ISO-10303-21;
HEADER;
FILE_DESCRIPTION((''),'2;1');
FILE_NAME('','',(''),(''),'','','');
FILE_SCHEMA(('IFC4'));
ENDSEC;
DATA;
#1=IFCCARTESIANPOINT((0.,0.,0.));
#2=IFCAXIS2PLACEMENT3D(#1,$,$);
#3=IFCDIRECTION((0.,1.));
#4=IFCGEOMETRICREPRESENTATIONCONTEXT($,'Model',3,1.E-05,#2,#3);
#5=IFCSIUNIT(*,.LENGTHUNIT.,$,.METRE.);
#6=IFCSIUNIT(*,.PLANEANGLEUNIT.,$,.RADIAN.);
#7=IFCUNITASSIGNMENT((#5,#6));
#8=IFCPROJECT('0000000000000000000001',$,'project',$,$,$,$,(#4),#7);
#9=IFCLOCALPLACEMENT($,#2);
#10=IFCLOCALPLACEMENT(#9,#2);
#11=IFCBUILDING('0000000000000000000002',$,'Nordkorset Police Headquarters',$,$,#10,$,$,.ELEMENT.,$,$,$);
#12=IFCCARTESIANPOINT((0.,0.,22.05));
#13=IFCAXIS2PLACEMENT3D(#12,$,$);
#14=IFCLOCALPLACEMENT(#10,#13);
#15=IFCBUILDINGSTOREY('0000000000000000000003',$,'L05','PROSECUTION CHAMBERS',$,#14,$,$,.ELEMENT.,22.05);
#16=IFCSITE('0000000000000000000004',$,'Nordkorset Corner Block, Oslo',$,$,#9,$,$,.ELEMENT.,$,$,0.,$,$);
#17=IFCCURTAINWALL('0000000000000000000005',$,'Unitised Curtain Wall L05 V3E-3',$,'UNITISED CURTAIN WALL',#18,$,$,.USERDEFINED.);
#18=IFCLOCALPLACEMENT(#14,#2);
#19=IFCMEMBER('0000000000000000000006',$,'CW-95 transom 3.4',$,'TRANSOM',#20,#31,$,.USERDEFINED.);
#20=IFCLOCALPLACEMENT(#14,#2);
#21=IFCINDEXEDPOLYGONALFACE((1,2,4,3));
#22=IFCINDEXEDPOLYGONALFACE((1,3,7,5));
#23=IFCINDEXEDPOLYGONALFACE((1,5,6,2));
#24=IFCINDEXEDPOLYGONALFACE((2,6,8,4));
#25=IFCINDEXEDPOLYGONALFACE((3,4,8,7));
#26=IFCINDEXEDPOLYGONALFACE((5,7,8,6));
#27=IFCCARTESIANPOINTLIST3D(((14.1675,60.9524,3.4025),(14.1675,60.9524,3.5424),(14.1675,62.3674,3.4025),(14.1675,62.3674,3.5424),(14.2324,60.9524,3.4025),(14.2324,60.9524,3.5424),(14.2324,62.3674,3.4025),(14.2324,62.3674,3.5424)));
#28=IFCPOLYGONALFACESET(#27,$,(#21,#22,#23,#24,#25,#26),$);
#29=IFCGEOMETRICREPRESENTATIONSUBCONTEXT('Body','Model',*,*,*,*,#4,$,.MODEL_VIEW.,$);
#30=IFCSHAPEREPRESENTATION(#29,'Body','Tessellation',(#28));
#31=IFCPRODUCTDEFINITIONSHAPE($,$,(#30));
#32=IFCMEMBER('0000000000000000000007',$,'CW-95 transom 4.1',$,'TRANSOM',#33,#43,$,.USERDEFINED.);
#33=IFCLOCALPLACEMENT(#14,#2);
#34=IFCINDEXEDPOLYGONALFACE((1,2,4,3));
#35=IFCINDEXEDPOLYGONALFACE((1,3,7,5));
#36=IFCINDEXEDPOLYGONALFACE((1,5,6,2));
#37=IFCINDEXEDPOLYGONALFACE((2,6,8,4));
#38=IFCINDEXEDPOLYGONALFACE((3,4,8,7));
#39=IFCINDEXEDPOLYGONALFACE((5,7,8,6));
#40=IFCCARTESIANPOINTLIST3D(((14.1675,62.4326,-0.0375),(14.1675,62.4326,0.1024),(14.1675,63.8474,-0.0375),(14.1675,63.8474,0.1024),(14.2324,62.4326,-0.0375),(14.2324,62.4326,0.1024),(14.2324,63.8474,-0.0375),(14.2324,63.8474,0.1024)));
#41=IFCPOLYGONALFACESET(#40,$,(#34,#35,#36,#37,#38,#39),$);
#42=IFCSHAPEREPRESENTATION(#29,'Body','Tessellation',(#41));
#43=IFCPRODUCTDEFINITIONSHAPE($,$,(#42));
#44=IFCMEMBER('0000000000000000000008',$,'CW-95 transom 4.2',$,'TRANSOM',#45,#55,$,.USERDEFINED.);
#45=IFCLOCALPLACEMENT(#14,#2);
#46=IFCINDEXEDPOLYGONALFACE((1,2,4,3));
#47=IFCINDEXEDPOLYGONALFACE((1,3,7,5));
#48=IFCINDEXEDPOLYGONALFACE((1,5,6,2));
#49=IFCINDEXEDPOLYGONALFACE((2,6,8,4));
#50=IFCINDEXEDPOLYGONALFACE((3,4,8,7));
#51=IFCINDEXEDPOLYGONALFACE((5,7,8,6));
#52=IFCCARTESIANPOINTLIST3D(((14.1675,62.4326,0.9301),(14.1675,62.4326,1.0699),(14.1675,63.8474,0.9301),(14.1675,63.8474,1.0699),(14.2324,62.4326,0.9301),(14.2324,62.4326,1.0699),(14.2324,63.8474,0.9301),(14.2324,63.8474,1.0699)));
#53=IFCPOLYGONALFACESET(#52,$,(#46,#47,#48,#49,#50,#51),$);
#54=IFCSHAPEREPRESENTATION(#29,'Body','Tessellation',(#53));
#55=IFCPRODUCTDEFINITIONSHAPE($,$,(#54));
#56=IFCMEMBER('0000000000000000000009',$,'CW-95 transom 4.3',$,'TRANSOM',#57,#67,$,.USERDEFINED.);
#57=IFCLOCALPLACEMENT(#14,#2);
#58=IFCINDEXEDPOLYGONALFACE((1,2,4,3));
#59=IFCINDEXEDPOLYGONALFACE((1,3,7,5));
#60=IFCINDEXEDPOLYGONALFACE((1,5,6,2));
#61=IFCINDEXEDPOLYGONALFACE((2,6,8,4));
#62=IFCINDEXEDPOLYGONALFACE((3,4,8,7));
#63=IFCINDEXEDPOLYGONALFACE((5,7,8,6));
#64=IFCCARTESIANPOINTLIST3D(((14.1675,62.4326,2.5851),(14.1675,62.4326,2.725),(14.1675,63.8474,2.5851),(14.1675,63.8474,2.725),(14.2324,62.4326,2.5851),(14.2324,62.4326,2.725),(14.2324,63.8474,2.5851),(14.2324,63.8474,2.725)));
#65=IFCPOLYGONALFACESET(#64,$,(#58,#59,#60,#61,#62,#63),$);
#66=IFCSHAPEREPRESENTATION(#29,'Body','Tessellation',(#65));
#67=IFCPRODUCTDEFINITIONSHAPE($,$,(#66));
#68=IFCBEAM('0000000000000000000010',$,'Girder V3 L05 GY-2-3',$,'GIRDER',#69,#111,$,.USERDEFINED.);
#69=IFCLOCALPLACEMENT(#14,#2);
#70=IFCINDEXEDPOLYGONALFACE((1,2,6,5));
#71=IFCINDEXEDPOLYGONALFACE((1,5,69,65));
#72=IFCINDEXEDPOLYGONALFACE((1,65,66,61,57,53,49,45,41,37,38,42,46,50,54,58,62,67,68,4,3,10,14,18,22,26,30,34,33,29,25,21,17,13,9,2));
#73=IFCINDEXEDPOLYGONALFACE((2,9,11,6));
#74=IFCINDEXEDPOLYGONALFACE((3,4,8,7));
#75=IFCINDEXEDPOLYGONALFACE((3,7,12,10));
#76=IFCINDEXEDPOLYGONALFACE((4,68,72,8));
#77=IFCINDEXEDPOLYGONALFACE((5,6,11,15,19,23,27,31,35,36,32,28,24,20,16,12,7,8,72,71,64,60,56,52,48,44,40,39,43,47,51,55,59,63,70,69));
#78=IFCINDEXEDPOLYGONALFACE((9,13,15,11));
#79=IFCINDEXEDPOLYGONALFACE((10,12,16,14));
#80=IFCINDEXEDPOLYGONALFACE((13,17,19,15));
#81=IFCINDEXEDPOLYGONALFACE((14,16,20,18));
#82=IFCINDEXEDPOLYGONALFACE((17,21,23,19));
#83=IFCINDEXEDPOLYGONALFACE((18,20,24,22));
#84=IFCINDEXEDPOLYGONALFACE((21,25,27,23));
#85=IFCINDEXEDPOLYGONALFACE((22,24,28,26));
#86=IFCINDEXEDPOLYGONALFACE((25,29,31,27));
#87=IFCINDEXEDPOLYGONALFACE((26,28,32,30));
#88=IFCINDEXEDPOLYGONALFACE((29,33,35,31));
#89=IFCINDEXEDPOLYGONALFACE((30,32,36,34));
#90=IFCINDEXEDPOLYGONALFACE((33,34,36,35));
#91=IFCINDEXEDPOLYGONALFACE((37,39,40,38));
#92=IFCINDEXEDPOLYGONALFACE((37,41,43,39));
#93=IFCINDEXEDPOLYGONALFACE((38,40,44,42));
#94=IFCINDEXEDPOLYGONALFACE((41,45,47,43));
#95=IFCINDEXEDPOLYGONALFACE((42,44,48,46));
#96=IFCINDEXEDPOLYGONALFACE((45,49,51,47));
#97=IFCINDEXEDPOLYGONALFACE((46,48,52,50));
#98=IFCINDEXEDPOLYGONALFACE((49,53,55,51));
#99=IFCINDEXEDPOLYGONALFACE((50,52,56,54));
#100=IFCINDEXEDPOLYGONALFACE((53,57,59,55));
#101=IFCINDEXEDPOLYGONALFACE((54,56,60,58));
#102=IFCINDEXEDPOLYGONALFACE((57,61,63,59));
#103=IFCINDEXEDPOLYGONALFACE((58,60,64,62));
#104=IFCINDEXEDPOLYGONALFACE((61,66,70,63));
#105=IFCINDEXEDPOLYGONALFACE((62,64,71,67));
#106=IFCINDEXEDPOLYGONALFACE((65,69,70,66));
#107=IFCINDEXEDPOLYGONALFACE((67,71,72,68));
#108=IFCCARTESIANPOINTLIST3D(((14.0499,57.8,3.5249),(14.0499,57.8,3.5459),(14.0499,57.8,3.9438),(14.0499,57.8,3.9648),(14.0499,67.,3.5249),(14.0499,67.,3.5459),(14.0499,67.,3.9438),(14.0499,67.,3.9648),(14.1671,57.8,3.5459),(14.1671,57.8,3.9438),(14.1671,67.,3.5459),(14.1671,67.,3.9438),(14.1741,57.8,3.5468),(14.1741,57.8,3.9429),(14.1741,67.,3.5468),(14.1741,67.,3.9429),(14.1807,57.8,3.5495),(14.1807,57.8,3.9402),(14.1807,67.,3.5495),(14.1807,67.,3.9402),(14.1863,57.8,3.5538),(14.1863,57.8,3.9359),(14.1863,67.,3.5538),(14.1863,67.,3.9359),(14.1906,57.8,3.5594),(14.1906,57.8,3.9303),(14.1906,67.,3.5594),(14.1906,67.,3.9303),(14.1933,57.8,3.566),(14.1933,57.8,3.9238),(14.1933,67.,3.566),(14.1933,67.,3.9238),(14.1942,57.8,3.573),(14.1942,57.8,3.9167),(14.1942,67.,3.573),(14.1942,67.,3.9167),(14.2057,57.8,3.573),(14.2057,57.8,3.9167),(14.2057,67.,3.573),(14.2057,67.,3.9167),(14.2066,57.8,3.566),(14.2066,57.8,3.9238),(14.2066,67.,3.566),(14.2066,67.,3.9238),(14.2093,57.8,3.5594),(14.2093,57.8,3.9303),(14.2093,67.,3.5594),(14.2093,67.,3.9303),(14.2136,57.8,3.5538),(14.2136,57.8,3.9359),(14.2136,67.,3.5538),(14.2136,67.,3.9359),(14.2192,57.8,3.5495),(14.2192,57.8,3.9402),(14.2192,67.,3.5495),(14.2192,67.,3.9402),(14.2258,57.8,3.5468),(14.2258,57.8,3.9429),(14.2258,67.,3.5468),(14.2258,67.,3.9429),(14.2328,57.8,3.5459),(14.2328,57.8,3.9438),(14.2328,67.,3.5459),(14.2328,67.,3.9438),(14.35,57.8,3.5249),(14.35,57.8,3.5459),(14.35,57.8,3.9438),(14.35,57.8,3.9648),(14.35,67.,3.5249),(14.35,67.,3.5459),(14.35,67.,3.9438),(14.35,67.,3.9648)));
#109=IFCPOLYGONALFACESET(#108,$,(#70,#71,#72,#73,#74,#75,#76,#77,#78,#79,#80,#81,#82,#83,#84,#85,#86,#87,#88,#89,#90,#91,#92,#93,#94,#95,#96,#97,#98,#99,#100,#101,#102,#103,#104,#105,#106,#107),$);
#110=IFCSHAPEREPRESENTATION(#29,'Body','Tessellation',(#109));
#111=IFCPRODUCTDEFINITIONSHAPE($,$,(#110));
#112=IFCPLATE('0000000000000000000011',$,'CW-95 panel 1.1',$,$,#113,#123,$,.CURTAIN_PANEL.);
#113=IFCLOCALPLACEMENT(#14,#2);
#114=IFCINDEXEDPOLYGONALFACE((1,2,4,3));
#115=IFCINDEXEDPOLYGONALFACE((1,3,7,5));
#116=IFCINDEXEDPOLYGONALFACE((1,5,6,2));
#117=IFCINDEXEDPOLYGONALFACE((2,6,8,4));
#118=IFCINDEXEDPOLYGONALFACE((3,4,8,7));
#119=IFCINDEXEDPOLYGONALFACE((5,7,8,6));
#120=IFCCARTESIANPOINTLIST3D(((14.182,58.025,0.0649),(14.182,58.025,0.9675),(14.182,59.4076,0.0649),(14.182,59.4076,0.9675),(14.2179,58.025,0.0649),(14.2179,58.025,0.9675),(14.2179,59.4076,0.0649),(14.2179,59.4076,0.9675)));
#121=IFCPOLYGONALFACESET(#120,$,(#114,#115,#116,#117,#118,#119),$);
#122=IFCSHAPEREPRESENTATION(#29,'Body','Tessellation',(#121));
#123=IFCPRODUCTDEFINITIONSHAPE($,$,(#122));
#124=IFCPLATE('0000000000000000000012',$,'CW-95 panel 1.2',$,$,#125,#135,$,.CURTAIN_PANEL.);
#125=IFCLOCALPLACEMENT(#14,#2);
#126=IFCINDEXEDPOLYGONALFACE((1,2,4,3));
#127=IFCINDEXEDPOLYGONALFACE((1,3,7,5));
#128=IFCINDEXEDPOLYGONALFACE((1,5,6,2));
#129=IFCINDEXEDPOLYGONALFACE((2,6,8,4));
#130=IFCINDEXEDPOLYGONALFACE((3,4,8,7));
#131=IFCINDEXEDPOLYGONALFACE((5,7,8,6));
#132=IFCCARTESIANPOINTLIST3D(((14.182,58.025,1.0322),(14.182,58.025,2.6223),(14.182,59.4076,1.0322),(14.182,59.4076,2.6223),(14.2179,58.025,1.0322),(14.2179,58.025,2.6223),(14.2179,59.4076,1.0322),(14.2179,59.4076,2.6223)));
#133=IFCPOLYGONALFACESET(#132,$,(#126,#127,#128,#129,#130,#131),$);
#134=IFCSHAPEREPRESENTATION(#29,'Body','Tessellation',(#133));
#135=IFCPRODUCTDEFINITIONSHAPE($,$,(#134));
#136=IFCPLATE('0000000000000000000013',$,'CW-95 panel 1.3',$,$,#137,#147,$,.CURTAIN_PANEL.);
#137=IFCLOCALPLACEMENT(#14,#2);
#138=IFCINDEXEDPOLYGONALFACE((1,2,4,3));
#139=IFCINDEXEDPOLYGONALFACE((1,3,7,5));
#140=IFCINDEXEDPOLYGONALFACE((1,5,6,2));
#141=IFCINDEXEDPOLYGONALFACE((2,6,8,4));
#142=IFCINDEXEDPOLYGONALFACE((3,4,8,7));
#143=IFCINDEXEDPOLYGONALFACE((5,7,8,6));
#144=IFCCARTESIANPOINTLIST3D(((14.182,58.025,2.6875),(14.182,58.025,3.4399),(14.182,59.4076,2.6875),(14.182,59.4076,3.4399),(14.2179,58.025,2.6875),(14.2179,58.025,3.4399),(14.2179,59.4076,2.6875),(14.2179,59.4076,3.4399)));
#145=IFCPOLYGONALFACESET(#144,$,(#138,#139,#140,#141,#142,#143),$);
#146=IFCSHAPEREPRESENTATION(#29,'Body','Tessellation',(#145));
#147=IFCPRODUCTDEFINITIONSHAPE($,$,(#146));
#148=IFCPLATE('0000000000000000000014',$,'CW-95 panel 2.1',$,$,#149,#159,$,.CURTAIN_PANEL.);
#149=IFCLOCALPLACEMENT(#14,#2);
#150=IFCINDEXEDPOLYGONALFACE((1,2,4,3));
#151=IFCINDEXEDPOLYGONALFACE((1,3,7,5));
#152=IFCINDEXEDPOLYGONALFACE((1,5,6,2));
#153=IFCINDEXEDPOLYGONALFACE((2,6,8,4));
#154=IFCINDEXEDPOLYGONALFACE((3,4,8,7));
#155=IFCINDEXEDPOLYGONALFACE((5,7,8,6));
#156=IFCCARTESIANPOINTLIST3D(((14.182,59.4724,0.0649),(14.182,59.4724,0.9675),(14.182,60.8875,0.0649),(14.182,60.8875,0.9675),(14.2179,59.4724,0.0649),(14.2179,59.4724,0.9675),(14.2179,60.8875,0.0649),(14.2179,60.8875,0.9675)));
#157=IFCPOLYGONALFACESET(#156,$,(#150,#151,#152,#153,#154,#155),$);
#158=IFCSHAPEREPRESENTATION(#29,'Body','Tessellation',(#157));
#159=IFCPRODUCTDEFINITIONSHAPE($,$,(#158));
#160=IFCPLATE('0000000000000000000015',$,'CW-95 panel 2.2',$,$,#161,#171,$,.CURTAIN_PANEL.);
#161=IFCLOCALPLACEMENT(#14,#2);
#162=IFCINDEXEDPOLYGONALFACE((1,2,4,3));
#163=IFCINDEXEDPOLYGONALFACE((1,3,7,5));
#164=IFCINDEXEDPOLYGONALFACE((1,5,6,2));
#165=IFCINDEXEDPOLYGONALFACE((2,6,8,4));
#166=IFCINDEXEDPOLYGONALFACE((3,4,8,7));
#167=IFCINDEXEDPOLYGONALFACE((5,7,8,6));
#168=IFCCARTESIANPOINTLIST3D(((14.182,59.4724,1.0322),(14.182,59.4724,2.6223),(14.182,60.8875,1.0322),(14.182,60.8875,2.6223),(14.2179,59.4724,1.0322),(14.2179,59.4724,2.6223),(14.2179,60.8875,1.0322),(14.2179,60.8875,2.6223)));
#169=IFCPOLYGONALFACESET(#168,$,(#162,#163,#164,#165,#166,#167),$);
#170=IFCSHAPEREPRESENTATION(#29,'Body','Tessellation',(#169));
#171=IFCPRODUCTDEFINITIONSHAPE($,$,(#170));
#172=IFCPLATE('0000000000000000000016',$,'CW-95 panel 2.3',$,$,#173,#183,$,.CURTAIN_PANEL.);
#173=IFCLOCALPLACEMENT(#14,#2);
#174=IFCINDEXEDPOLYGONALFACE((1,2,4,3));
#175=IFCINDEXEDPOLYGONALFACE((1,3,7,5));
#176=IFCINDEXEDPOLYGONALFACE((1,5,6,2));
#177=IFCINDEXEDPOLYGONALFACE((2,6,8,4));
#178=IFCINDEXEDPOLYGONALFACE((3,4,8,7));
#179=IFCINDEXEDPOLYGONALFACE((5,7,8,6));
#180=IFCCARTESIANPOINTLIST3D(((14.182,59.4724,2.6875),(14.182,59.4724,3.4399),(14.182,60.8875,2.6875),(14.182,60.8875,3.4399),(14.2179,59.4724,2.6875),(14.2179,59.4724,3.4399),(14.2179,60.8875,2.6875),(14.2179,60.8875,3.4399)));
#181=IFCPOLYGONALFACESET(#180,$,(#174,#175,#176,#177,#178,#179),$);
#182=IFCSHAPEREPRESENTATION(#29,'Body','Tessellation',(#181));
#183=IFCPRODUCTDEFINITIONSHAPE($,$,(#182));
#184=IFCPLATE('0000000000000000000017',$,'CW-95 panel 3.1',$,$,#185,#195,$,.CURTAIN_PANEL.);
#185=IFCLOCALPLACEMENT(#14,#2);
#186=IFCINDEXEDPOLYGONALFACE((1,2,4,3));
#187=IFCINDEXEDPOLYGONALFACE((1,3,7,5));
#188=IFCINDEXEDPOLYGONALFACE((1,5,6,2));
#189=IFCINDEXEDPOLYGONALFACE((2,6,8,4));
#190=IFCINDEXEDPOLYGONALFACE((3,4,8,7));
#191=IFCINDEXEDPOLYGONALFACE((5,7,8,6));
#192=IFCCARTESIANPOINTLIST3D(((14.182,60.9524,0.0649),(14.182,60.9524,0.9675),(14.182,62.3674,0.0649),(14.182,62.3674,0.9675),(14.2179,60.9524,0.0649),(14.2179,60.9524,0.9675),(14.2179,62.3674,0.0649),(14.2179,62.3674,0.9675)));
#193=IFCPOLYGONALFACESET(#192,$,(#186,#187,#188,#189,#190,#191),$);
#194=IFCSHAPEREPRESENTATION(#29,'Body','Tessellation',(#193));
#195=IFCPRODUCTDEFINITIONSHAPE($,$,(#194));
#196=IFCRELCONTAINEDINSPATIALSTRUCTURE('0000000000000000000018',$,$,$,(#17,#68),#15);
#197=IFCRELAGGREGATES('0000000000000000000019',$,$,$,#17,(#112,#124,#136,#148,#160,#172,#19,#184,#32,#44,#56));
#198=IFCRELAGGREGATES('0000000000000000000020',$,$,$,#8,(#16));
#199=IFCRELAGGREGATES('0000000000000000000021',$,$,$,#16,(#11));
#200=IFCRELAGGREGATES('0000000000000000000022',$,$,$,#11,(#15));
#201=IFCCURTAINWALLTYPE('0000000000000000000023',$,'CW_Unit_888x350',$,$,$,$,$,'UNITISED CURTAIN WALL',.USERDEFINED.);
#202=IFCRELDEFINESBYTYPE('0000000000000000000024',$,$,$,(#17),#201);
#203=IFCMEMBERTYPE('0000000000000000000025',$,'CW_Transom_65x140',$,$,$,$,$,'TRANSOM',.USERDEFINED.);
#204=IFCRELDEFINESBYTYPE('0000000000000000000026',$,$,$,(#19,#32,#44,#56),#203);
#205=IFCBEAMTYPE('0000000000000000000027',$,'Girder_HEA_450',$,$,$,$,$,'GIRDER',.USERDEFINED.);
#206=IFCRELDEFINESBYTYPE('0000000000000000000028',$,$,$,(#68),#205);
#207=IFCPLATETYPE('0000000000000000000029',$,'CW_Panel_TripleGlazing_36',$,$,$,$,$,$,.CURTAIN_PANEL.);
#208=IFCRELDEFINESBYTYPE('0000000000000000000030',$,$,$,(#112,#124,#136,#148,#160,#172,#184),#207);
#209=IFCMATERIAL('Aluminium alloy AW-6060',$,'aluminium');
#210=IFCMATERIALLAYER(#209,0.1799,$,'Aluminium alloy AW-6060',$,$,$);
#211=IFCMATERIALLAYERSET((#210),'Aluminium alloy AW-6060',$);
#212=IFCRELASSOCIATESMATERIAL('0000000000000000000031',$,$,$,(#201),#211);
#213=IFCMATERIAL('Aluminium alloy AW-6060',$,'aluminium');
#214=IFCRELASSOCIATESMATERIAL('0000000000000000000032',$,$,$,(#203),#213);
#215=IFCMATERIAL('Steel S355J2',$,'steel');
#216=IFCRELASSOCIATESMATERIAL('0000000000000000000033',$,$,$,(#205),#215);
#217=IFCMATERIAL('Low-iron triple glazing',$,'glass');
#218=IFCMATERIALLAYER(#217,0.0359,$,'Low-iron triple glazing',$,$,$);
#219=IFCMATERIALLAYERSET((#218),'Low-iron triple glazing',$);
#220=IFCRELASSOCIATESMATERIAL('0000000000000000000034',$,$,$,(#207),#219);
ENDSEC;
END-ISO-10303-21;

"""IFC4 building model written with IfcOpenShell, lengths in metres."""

from ifc_helpers import new_model, si_unit, direction, frame, origin, origin_2d, place, context, subcontext, project, spatial, rectangle, i_section, extrude, material, layer, layer_set, material_profile, profile_set, type_object, element, aggregate, save


model = new_model("IFC4")

# Units and contexts
model_context = context("Model", 3, precision=1e-05, world=origin(), true_north=direction((0.0, 1.0)))
body_context = subcontext(model_context, "Body", "Model", "MODEL_VIEW")
ifc_project = project(units=[si_unit("LENGTHUNIT", "METRE"), si_unit("PLANEANGLEUNIT", "RADIAN")], contexts=[model_context])

# Site, building, storey
site_placement = place(None, origin())
site = spatial("IfcSite", under=ifc_project, at=site_placement, Name="Nordkorset Corner Block, Oslo", CompositionType="ELEMENT", RefElevation=0.0)
building_placement = place(site_placement, origin())
building = spatial("IfcBuilding", under=site, at=building_placement, Name="Nordkorset Police Headquarters", CompositionType="ELEMENT")
storey_placement = place(building_placement, frame((0.0, 0.0, 22.05)))
storey = spatial("IfcBuildingStorey", under=building, at=storey_placement, Name="L05", Description="PROSECUTION CHAMBERS", CompositionType="ELEMENT", Elevation=22.05)

# Curtain wall, members
ifc_material_1 = material(Name="Aluminium alloy AW-6060", Category="aluminium")
ifc_layer_1 = layer(ifc_material_1, 0.1799, Name="Aluminium alloy AW-6060")
ifc_layer_set_1 = layer_set([ifc_layer_1], Name="Aluminium alloy AW-6060")
curtain_wall_type = type_object("IfcCurtainWallType", Name="CW_Unit_888x350", ElementType="UNITISED CURTAIN WALL", PredefinedType="USERDEFINED", material=ifc_layer_set_1)
curtain_wall_placement = place(storey_placement, origin())
curtain_wall = element("IfcCurtainWall", 1, at=curtain_wall_placement, inside=storey, type_object=curtain_wall_type, Name="Unitised Curtain Wall L05 V3E-3", ObjectType="UNITISED CURTAIN WALL", PredefinedType="USERDEFINED")
ifc_material_2 = material(Name="Aluminium alloy AW-6060", Category="aluminium")
ifc_material_profile_1 = material_profile(ifc_material_2, rectangle(XDim=0.0649, YDim=0.1399, at=origin_2d()), Name="ALU TRAN 65x140")
ifc_profile_set_1 = profile_set([ifc_material_profile_1], Name="Aluminium alloy AW-6060")
member_type_1 = type_object("IfcMemberType", Name="CW_Transom_65x140", ElementType="TRANSOM", PredefinedType="USERDEFINED", material=ifc_profile_set_1)
member_1_placement = place(storey_placement, frame((14.2, 60.9524, 3.4724), z_axis=(0.0, 1.0, 0.0), x_axis=(-1.0, 0.0, 0.0)))
member_1 = element("IfcMember", 2, at=member_1_placement, type_object=member_type_1, Name="CW-95 transom 3.4", ObjectType="TRANSOM", PredefinedType="USERDEFINED", context=body_context, shape_type="SweptSolid", body=[
    extrude(rectangle(XDim=0.0649, YDim=0.1399, at=origin_2d()), origin(), (0.0, 0.0, 1.0), 1.415),
])
member_2_placement = place(storey_placement, frame((14.2, 62.4326, 0.0325), z_axis=(0.0, 1.0, 0.0), x_axis=(-1.0, 0.0, 0.0)))
member_2 = element("IfcMember", 3, at=member_2_placement, type_object=member_type_1, Name="CW-95 transom 4.1", ObjectType="TRANSOM", PredefinedType="USERDEFINED", context=body_context, shape_type="SweptSolid", body=[
    extrude(rectangle(XDim=0.0649, YDim=0.1399, at=origin_2d()), origin(), (0.0, 0.0, 1.0), 1.4148),
])
member_3_placement = place(storey_placement, frame((14.2, 62.4326, 1.0), z_axis=(0.0, 1.0, 0.0), x_axis=(-1.0, 0.0, 0.0)))
member_3 = element("IfcMember", 4, at=member_3_placement, type_object=member_type_1, Name="CW-95 transom 4.2", ObjectType="TRANSOM", PredefinedType="USERDEFINED", context=body_context, shape_type="SweptSolid", body=[
    extrude(rectangle(XDim=0.0649, YDim=0.1399, at=origin_2d()), origin(), (0.0, 0.0, 1.0), 1.4148),
])
member_4_placement = place(storey_placement, frame((14.2, 62.4326, 2.655), z_axis=(0.0, 1.0, 0.0), x_axis=(-1.0, 0.0, 0.0)))
member_4 = element("IfcMember", 5, at=member_4_placement, type_object=member_type_1, Name="CW-95 transom 4.3", ObjectType="TRANSOM", PredefinedType="USERDEFINED", context=body_context, shape_type="SweptSolid", body=[
    extrude(rectangle(XDim=0.0649, YDim=0.1399, at=origin_2d()), origin(), (0.0, 0.0, 1.0), 1.4148),
])

# Beam
ifc_material_3 = material(Name="Steel S355J2", Category="steel")
ifc_material_profile_2 = material_profile(ifc_material_3, i_section(OverallWidth=0.3, OverallDepth=0.4399, WebThickness=0.0115, FlangeThickness=0.021, FilletRadius=0.0271, at=origin_2d()), Name="HEA 450")
ifc_profile_set_2 = profile_set([ifc_material_profile_2], Name="Steel S355J2")
beam_type = type_object("IfcBeamType", Name="Girder_HEA_450", ElementType="GIRDER", PredefinedType="USERDEFINED", material=ifc_profile_set_2)
beam_placement = place(storey_placement, frame((14.2, 57.8, 3.7449), z_axis=(0.0, 1.0, 0.0), x_axis=(-1.0, 0.0, 0.0)))
element("IfcBeam", 6, at=beam_placement, inside=storey, type_object=beam_type, Name="Girder V3 L05 GY-2-3", ObjectType="GIRDER", PredefinedType="USERDEFINED", context=body_context, shape_type="SweptSolid", body=[
    extrude(i_section(OverallWidth=0.3, OverallDepth=0.4399, WebThickness=0.0115, FlangeThickness=0.021, FilletRadius=0.0271, at=origin_2d()), origin(), (0.0, 0.0, 1.0), 9.2),
])

# Plates
ifc_material_4 = material(Name="Low-iron triple glazing", Category="glass")
ifc_layer_2 = layer(ifc_material_4, 0.0359, Name="Low-iron triple glazing")
ifc_layer_set_2 = layer_set([ifc_layer_2], Name="Low-iron triple glazing")
plate_type = type_object("IfcPlateType", Name="CW_Panel_TripleGlazing_36", PredefinedType="CURTAIN_PANEL", material=ifc_layer_set_2)
plate_1_placement = place(storey_placement, frame((14.2, 58.7163, 0.0649), z_axis=(0.0, 0.0, 1.0), x_axis=(0.0, 1.0, 0.0)))
plate_1 = element("IfcPlate", 7, at=plate_1_placement, type_object=plate_type, Name="CW-95 panel 1.1", PredefinedType="CURTAIN_PANEL", context=body_context, shape_type="SweptSolid", body=[
    extrude(rectangle(XDim=1.3826, YDim=0.0359, at=origin_2d()), origin(), (0.0, 0.0, 1.0), 0.9026),
])
plate_2_placement = place(storey_placement, frame((14.2, 58.7163, 1.0322), z_axis=(0.0, 0.0, 1.0), x_axis=(0.0, 1.0, 0.0)))
plate_2 = element("IfcPlate", 8, at=plate_2_placement, type_object=plate_type, Name="CW-95 panel 1.2", PredefinedType="CURTAIN_PANEL", context=body_context, shape_type="SweptSolid", body=[
    extrude(rectangle(XDim=1.3826, YDim=0.0359, at=origin_2d()), origin(), (0.0, 0.0, 1.0), 1.5901),
])
plate_3_placement = place(storey_placement, frame((14.2, 58.7163, 2.6875), z_axis=(0.0, 0.0, 1.0), x_axis=(0.0, 1.0, 0.0)))
plate_3 = element("IfcPlate", 9, at=plate_3_placement, type_object=plate_type, Name="CW-95 panel 1.3", PredefinedType="CURTAIN_PANEL", context=body_context, shape_type="SweptSolid", body=[
    extrude(rectangle(XDim=1.3826, YDim=0.0359, at=origin_2d()), origin(), (0.0, 0.0, 1.0), 0.7524),
])
plate_4_placement = place(storey_placement, frame((14.2, 60.1799, 0.0649), z_axis=(0.0, 0.0, 1.0), x_axis=(0.0, 1.0, 0.0)))
plate_4 = element("IfcPlate", 10, at=plate_4_placement, type_object=plate_type, Name="CW-95 panel 2.1", PredefinedType="CURTAIN_PANEL", context=body_context, shape_type="SweptSolid", body=[
    extrude(rectangle(XDim=1.415, YDim=0.0359, at=origin_2d()), origin(), (0.0, 0.0, 1.0), 0.9026),
])
plate_5_placement = place(storey_placement, frame((14.2, 60.1799, 1.0322), z_axis=(0.0, 0.0, 1.0), x_axis=(0.0, 1.0, 0.0)))
plate_5 = element("IfcPlate", 11, at=plate_5_placement, type_object=plate_type, Name="CW-95 panel 2.2", PredefinedType="CURTAIN_PANEL", context=body_context, shape_type="SweptSolid", body=[
    extrude(rectangle(XDim=1.415, YDim=0.0359, at=origin_2d()), origin(), (0.0, 0.0, 1.0), 1.5901),
])
plate_6_placement = place(storey_placement, frame((14.2, 60.1799, 2.6875), z_axis=(0.0, 0.0, 1.0), x_axis=(0.0, 1.0, 0.0)))
plate_6 = element("IfcPlate", 12, at=plate_6_placement, type_object=plate_type, Name="CW-95 panel 2.3", PredefinedType="CURTAIN_PANEL", context=body_context, shape_type="SweptSolid", body=[
    extrude(rectangle(XDim=1.415, YDim=0.0359, at=origin_2d()), origin(), (0.0, 0.0, 1.0), 0.7524),
])
plate_7_placement = place(storey_placement, frame((14.2, 61.6599, 0.0649), z_axis=(0.0, 0.0, 1.0), x_axis=(0.0, 1.0, 0.0)))
plate_7 = element("IfcPlate", 13, at=plate_7_placement, type_object=plate_type, Name="CW-95 panel 3.1", PredefinedType="CURTAIN_PANEL", context=body_context, shape_type="SweptSolid", body=[
    extrude(rectangle(XDim=1.415, YDim=0.0359, at=origin_2d()), origin(), (0.0, 0.0, 1.0), 0.9026),
])
aggregate(curtain_wall, [plate_1, plate_2, plate_3, plate_4, plate_5, plate_6, member_1, plate_7, member_2, member_3, member_4])

save(model, "model.ifc")
